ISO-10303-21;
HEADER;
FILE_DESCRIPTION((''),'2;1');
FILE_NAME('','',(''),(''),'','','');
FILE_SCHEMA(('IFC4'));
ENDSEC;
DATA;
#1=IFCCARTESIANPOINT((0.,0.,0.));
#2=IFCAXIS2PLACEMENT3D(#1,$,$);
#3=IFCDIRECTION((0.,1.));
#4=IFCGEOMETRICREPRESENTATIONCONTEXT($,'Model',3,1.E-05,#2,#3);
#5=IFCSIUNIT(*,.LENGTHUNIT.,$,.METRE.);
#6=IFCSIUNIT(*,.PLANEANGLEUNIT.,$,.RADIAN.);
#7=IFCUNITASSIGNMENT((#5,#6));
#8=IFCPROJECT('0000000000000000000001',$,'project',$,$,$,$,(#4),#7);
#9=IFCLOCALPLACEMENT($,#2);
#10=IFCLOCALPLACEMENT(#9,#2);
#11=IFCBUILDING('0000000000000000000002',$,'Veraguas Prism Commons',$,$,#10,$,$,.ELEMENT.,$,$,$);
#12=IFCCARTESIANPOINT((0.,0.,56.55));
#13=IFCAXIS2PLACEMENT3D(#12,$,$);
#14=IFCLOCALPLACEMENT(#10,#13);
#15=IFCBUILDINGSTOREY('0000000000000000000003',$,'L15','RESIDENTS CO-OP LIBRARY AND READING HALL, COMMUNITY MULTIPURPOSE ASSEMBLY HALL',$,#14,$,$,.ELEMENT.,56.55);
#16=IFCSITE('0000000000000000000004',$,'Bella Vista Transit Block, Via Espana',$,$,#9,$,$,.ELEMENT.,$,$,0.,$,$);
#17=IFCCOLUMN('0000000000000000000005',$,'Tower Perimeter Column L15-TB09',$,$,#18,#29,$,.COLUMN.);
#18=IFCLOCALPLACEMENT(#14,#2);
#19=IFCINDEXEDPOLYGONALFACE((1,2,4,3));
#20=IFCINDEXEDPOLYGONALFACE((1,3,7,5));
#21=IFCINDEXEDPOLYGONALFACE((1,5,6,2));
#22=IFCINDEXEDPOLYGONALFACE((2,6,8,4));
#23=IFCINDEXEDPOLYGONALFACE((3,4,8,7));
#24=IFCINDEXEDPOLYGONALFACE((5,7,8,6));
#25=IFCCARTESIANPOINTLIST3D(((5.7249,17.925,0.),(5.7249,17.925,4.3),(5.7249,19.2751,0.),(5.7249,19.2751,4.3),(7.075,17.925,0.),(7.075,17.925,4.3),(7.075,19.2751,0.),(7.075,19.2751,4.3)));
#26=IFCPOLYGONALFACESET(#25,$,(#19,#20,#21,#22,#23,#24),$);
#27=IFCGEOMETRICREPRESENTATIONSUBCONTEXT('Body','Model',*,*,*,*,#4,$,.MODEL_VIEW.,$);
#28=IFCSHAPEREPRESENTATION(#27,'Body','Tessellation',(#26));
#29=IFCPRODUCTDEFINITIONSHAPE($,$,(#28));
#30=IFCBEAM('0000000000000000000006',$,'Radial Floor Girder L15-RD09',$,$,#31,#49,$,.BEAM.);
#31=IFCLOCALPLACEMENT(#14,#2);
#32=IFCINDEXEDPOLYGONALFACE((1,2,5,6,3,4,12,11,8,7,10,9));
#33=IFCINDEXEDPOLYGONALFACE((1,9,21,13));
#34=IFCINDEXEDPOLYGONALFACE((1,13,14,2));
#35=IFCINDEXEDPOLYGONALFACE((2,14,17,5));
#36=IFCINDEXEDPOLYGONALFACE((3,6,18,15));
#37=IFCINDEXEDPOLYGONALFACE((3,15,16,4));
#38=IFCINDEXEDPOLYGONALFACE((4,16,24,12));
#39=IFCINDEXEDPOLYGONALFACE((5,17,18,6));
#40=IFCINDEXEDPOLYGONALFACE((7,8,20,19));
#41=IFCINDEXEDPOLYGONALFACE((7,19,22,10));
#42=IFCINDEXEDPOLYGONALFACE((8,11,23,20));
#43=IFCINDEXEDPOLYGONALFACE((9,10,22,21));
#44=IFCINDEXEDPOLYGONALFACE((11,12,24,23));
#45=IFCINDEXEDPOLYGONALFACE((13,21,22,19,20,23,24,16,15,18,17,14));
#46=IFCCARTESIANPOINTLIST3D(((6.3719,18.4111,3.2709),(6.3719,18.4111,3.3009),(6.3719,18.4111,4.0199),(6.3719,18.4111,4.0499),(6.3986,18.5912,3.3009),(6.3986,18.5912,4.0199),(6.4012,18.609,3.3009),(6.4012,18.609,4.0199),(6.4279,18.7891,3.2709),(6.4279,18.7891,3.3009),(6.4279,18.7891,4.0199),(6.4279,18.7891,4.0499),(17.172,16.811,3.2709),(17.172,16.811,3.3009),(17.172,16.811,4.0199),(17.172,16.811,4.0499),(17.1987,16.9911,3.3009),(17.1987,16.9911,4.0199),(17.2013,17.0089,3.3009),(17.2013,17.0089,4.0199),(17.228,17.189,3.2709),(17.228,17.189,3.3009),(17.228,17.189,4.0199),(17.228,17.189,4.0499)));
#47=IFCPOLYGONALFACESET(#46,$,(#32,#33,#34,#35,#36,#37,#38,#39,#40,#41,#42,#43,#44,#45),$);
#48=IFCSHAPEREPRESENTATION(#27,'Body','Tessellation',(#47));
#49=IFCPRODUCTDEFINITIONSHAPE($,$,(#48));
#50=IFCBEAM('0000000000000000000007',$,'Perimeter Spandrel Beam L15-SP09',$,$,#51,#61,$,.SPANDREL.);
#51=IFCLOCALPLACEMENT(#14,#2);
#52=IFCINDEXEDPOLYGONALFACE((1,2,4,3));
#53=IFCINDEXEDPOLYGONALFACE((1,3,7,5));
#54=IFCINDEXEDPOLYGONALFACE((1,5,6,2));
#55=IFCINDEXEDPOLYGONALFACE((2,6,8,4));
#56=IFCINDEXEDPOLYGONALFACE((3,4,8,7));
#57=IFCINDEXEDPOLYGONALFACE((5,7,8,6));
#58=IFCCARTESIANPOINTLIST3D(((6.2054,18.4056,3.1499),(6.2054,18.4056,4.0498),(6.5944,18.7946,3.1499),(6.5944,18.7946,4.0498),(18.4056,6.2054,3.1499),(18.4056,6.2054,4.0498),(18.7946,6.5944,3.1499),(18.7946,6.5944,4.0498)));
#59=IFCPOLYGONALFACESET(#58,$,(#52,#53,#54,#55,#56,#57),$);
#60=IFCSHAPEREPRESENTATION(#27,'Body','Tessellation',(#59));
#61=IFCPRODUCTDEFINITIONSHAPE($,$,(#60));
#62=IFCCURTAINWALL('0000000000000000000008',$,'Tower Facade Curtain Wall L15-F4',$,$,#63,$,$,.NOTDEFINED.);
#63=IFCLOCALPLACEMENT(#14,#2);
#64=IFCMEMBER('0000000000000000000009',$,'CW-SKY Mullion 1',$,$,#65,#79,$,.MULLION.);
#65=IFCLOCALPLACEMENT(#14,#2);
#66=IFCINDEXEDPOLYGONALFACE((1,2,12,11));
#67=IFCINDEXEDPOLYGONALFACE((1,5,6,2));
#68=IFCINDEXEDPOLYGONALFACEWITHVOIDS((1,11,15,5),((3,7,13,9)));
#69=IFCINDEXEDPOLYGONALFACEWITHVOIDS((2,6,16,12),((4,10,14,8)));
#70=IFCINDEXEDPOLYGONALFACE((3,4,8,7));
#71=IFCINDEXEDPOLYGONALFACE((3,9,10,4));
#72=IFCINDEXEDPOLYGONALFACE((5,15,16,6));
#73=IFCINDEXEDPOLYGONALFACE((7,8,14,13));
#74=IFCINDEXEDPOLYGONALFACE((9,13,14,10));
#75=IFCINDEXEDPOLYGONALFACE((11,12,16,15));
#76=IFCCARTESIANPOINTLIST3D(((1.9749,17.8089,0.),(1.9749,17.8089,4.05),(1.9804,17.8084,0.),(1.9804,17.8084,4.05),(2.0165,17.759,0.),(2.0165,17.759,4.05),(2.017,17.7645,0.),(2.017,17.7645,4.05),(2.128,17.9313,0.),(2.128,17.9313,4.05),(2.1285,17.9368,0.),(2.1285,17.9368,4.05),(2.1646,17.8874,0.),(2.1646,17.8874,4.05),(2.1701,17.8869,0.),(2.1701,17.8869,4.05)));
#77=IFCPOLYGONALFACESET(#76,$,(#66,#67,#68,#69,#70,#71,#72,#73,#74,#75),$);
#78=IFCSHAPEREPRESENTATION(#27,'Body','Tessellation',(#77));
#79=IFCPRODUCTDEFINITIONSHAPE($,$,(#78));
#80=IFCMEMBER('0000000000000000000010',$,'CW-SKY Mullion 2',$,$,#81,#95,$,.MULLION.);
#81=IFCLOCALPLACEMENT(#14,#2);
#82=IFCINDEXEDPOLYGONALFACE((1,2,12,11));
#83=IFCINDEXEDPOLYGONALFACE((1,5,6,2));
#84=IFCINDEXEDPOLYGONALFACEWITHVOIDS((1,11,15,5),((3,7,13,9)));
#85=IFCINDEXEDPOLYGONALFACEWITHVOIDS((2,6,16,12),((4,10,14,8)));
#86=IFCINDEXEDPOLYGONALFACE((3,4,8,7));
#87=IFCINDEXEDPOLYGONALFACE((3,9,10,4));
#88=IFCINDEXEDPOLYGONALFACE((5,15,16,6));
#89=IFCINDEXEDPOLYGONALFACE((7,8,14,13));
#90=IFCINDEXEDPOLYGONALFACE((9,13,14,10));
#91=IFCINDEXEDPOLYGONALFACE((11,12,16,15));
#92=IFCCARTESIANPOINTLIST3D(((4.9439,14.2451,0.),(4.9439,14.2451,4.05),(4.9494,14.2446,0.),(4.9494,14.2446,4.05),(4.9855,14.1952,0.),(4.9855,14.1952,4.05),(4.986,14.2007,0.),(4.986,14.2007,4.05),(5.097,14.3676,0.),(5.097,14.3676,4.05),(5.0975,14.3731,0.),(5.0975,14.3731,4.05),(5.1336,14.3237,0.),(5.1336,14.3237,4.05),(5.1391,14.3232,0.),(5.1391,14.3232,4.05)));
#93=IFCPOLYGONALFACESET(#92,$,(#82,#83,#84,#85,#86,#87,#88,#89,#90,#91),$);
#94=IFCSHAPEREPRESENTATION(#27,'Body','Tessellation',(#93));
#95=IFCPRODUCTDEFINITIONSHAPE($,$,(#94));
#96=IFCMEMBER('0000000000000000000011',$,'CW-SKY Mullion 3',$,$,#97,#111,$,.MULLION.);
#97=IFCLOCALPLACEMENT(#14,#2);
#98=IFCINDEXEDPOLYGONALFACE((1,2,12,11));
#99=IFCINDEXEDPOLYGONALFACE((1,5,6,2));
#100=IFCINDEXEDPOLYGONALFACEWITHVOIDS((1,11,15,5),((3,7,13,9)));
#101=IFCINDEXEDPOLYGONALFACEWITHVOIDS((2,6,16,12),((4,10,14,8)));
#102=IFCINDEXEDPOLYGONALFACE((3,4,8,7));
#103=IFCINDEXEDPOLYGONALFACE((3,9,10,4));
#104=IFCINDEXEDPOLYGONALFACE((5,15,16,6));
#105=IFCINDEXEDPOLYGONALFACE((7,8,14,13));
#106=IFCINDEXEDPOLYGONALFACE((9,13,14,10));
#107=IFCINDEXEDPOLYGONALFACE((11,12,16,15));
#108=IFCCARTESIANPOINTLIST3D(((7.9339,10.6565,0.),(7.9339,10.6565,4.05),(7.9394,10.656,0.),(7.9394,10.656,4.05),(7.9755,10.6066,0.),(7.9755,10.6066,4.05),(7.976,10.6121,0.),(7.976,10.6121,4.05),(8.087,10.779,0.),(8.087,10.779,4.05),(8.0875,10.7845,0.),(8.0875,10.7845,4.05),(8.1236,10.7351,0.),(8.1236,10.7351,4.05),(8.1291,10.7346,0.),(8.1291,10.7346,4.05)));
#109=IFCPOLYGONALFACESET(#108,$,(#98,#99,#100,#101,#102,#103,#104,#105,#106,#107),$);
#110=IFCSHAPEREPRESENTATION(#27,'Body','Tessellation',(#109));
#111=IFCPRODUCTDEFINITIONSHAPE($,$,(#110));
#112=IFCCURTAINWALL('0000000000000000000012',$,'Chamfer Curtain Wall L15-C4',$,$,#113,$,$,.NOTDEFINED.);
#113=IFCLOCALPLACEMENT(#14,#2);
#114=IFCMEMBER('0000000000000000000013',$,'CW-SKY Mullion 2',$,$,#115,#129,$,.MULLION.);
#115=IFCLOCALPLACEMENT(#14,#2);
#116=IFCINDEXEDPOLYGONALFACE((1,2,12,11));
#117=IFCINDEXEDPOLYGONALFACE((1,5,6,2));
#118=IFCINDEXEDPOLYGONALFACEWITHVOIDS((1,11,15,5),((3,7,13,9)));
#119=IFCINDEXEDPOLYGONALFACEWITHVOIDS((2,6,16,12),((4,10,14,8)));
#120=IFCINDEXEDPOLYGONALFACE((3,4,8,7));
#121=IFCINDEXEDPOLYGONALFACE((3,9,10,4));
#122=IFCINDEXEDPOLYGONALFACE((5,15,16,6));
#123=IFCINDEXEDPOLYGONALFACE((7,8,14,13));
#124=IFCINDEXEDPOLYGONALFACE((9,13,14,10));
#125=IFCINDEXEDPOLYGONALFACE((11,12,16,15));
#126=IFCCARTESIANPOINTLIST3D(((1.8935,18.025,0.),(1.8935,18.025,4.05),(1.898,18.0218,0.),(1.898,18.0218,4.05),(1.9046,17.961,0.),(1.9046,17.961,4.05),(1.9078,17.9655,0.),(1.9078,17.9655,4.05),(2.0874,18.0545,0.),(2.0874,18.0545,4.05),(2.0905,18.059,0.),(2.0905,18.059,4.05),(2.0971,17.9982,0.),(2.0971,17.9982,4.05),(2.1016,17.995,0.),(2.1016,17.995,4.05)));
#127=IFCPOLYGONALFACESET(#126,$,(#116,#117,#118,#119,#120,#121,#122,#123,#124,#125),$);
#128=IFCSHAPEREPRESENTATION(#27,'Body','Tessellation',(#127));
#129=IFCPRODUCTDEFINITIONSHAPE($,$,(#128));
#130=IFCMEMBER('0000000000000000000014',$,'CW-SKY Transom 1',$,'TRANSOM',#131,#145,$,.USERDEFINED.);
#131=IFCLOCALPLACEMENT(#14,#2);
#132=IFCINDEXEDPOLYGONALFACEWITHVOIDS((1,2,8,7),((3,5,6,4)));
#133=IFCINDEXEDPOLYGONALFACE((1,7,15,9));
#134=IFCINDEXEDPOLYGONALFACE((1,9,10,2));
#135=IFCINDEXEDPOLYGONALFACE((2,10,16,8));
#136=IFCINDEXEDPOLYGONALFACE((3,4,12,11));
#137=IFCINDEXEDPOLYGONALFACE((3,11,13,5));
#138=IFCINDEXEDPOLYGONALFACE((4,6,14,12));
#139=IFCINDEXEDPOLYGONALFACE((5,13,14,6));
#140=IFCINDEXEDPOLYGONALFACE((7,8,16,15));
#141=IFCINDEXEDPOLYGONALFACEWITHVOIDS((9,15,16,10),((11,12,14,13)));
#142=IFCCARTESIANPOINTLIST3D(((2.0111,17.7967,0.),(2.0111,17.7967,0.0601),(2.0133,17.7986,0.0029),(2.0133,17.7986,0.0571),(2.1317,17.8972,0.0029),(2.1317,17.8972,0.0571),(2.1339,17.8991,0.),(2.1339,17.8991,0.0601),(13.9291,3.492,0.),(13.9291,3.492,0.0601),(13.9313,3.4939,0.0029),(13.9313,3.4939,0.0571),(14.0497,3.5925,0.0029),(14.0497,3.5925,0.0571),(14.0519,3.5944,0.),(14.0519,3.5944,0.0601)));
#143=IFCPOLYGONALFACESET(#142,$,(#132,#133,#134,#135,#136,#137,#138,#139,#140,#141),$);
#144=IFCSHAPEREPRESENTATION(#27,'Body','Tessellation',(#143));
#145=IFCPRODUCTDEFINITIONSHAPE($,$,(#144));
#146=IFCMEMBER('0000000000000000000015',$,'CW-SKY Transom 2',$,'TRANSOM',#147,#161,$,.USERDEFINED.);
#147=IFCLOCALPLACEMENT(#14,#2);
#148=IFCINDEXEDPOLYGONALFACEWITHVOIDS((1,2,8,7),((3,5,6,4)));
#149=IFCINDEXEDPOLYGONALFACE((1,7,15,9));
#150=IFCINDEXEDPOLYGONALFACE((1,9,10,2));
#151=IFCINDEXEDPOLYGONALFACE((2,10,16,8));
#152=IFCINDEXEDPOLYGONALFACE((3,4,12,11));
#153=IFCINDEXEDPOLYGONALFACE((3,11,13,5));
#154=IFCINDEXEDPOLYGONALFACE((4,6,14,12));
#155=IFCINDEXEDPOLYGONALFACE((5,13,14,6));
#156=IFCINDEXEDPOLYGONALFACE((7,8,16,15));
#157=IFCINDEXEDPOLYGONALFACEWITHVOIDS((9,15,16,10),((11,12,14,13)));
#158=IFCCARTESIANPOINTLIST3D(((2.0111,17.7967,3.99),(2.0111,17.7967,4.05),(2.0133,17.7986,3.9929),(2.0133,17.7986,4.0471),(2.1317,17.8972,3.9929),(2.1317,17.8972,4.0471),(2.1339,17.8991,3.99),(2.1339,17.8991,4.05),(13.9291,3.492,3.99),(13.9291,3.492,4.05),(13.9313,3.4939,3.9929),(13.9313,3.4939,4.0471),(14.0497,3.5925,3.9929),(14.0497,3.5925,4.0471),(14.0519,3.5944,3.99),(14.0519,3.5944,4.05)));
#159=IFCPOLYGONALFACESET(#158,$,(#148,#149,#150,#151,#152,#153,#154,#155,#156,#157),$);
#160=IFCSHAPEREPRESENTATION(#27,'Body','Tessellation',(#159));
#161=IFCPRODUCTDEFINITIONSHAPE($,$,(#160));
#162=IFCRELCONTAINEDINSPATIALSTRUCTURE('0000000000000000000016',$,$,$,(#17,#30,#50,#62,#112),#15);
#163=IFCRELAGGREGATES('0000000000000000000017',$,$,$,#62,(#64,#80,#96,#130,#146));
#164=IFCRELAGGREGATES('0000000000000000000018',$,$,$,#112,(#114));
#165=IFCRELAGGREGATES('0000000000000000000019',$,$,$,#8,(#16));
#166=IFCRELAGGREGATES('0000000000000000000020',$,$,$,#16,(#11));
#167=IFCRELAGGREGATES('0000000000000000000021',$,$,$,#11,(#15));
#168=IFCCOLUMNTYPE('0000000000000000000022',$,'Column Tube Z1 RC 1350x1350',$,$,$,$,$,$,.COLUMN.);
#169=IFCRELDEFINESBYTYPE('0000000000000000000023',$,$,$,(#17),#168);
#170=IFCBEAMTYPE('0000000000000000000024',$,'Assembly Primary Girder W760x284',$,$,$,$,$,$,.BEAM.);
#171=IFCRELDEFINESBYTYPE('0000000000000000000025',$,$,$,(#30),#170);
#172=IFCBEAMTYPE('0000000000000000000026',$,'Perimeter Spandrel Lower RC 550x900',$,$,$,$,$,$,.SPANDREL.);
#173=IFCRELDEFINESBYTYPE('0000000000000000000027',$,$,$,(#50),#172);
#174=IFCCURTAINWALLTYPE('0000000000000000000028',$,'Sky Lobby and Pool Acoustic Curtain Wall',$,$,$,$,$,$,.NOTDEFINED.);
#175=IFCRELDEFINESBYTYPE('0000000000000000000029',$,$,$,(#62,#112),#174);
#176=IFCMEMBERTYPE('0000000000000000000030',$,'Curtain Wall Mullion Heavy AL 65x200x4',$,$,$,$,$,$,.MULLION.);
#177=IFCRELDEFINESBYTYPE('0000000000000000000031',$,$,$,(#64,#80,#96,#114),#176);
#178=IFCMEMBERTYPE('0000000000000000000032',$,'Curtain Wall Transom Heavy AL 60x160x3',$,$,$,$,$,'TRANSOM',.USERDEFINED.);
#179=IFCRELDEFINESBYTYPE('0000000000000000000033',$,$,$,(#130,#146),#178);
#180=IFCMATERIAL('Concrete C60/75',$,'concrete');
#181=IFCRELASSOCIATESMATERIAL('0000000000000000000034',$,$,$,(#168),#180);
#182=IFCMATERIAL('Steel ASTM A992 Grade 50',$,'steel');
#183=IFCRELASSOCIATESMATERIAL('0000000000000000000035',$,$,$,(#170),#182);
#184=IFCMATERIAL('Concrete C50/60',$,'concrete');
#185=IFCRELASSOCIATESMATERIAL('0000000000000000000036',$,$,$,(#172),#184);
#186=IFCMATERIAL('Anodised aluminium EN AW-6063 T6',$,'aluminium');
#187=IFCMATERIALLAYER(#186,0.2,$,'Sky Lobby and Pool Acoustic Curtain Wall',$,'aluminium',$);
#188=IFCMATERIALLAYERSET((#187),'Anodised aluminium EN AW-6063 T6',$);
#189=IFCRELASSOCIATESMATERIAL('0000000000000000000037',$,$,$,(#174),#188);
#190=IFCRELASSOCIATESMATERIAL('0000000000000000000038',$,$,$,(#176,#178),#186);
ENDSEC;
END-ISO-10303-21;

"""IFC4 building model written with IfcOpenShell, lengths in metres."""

from ifc_helpers import new_model, si_unit, direction, frame, origin, origin_2d, place, context, subcontext, project, spatial, rectangle, hollow_rectangle, i_section, extrude, source, transform, mapped, material, layer, layer_set, material_profile, profile_set, type_object, element, aggregate, save


model = new_model("IFC4")

# Units and contexts
model_context = context("Model", 3, precision=1e-05, world=origin(), true_north=direction((0.0, 1.0)))
body_context = subcontext(model_context, "Body", "Model", "MODEL_VIEW")
ifc_project = project(units=[si_unit("LENGTHUNIT", "METRE"), si_unit("PLANEANGLEUNIT", "RADIAN")], contexts=[model_context])

# Site, building, storey
site_placement = place(None, origin())
site = spatial("IfcSite", under=ifc_project, at=site_placement, Name="Bella Vista Transit Block, Via Espana", CompositionType="ELEMENT", RefElevation=0.0)
building_placement = place(site_placement, origin())
building = spatial("IfcBuilding", under=site, at=building_placement, Name="Veraguas Prism Commons", CompositionType="ELEMENT")
storey_placement = place(building_placement, frame((0.0, 0.0, 56.55)))
storey = spatial("IfcBuildingStorey", under=building, at=storey_placement, Name="L15", Description="RESIDENTS CO-OP LIBRARY AND READING HALL, COMMUNITY MULTIPURPOSE ASSEMBLY HALL", CompositionType="ELEMENT", Elevation=56.55)

# Column
ifc_material_1 = material(Name="Concrete C60/75", Category="concrete")
ifc_material_profile_1 = material_profile(ifc_material_1, rectangle(XDim=1.3501, YDim=1.3501, at=origin_2d()), Name="RC1350X1350")
ifc_profile_set_1 = profile_set([ifc_material_profile_1], Name="Concrete C60/75")
column_type = type_object("IfcColumnType", Name="Column Tube Z1 RC 1350x1350", PredefinedType="COLUMN", material=ifc_profile_set_1)
column_placement = place(storey_placement, frame((6.3999, 18.6001, 0.0), z_axis=(0.0, 0.0, 1.0), x_axis=(1.0, 0.0, 0.0)))
element("IfcColumn", 1, at=column_placement, inside=storey, type_object=column_type, Name="Tower Perimeter Column L15-TB09", PredefinedType="COLUMN", context=body_context, shape_type="SweptSolid", body=[
    extrude(rectangle(XDim=1.3501, YDim=1.3501, at=origin_2d()), origin(), (0.0, 0.0, 1.0), 4.3),
])

# Beams
ifc_material_2 = material(Name="Steel ASTM A992 Grade 50", Category="steel")
ifc_material_profile_2 = material_profile(ifc_material_2, i_section(OverallWidth=0.3821, OverallDepth=0.7791, WebThickness=0.0181, FlangeThickness=0.03, at=origin_2d()), Name="W760X284")
ifc_profile_set_2 = profile_set([ifc_material_profile_2], Name="Steel ASTM A992 Grade 50")
beam_type_1 = type_object("IfcBeamType", Name="Assembly Primary Girder W760x284", PredefinedType="BEAM", material=ifc_profile_set_2)
beam_1_placement = place(storey_placement, frame((6.3999, 18.6001, 3.6604), z_axis=(0.989202, -0.146557, 0.0), x_axis=(0.146557, 0.989202, 0.0)))
element("IfcBeam", 2, at=beam_1_placement, inside=storey, type_object=beam_type_1, Name="Radial Floor Girder L15-RD09", PredefinedType="BEAM", context=body_context, shape_type="SweptSolid", body=[
    extrude(i_section(OverallWidth=0.3821, OverallDepth=0.7791, WebThickness=0.0181, FlangeThickness=0.03, at=origin_2d()), origin(), (0.0, 0.0, 1.0), 10.918),
])
ifc_material_3 = material(Name="Concrete C50/60", Category="concrete")
ifc_material_profile_3 = material_profile(ifc_material_3, rectangle(XDim=0.55, YDim=0.8999, at=origin_2d()), Name="RC550X900")
ifc_profile_set_3 = profile_set([ifc_material_profile_3], Name="Concrete C50/60")
beam_type_2 = type_object("IfcBeamType", Name="Perimeter Spandrel Lower RC 550x900", PredefinedType="SPANDREL", material=ifc_profile_set_3)
beam_2_placement = place(storey_placement, frame((6.3999, 18.6001, 3.5999), z_axis=(0.707107, -0.707107, 0.0), x_axis=(0.707107, 0.707107, 0.0)))
element("IfcBeam", 3, at=beam_2_placement, inside=storey, type_object=beam_type_2, Name="Perimeter Spandrel Beam L15-SP09", PredefinedType="SPANDREL", context=body_context, shape_type="SweptSolid", body=[
    extrude(rectangle(XDim=0.55, YDim=0.8999, at=origin_2d()), origin(), (0.0, 0.0, 1.0), 17.2537),
])

# Curtain wall, members
ifc_material_4 = material(Name="Anodised aluminium EN AW-6063 T6", Category="aluminium")
ifc_layer_1 = layer(ifc_material_4, 0.2, Name="Sky Lobby and Pool Acoustic Curtain Wall", Category="aluminium")
ifc_layer_set_1 = layer_set([ifc_layer_1], Name="Anodised aluminium EN AW-6063 T6")
curtain_wall_type = type_object("IfcCurtainWallType", Name="Sky Lobby and Pool Acoustic Curtain Wall", PredefinedType="NOTDEFINED", material=ifc_layer_set_1)
curtain_wall_1_placement = place(storey_placement, origin())
curtain_wall_1 = element("IfcCurtainWall", 4, at=curtain_wall_1_placement, inside=storey, type_object=curtain_wall_type, Name="Tower Facade Curtain Wall L15-F4", PredefinedType="NOTDEFINED")
ifc_material_profile_4 = material_profile(ifc_material_4, hollow_rectangle(XDim=0.0649, YDim=0.2, WallThickness=0.0039, at=origin_2d()), Name="AL65X200X4")
ifc_profile_set_4 = profile_set([ifc_material_profile_4], Name="Anodised aluminium EN AW-6063 T6")
member_type_1 = type_object("IfcMemberType", Name="Curtain Wall Mullion Heavy AL 65x200x4", PredefinedType="MULLION", material=ifc_profile_set_4)
shared_shape_1 = source(origin(), body_context, "Body", "SweptSolid", [
    extrude(hollow_rectangle(XDim=0.0649, YDim=0.2, WallThickness=0.0039, at=origin_2d()), origin(), (0.0, 0.0, 1.0), 4.05),
])
member_1_placement = place(storey_placement, frame((2.0725, 17.8479, 0.0), z_axis=(0.0, 0.0, 1.0), x_axis=(0.64011, -0.768284, 0.0)))
member_1 = element("IfcMember", 5, at=member_1_placement, type_object=member_type_1, Name="CW-SKY Mullion 1", PredefinedType="MULLION", context=body_context, shape_type="MappedRepresentation", body=[
    mapped(shared_shape_1, transform((0.0, 0.0, 0.0), scale=1.0)),
])
member_2_placement = place(storey_placement, frame((5.0415, 14.2842, 0.0), z_axis=(0.0, 0.0, 1.0), x_axis=(0.64011, -0.768284, 0.0)))
member_2 = element("IfcMember", 6, at=member_2_placement, type_object=member_type_1, Name="CW-SKY Mullion 2", PredefinedType="MULLION", context=body_context, shape_type="MappedRepresentation", body=[
    mapped(shared_shape_1, transform((0.0, 0.0, 0.0), scale=1.0)),
])
member_3_placement = place(storey_placement, frame((8.0315, 10.6956, 0.0), z_axis=(0.0, 0.0, 1.0), x_axis=(0.64011, -0.768284, 0.0)))
member_3 = element("IfcMember", 7, at=member_3_placement, type_object=member_type_1, Name="CW-SKY Mullion 3", PredefinedType="MULLION", context=body_context, shape_type="MappedRepresentation", body=[
    mapped(shared_shape_1, transform((0.0, 0.0, 0.0), scale=1.0)),
])

# Curtain wall, member
curtain_wall_2_placement = place(storey_placement, origin())
curtain_wall_2 = element("IfcCurtainWall", 8, at=curtain_wall_2_placement, inside=storey, type_object=curtain_wall_type, Name="Chamfer Curtain Wall L15-C4", PredefinedType="NOTDEFINED")
member_4_placement = place(storey_placement, frame((1.9976, 18.01, 0.0), z_axis=(0.0, 0.0, 1.0), x_axis=(0.170227, -0.985405, 0.0)))
member_4 = element("IfcMember", 9, at=member_4_placement, type_object=member_type_1, Name="CW-SKY Mullion 2", PredefinedType="MULLION", context=body_context, shape_type="MappedRepresentation", body=[
    mapped(shared_shape_1, transform((0.0, 0.0, 0.0), scale=1.0)),
])

# Members
ifc_material_profile_5 = material_profile(ifc_material_4, hollow_rectangle(XDim=0.0601, YDim=0.1599, WallThickness=0.0029, at=origin_2d()), Name="AL60X160X3")
ifc_profile_set_5 = profile_set([ifc_material_profile_5], Name="Anodised aluminium EN AW-6063 T6")
member_type_2 = type_object("IfcMemberType", Name="Curtain Wall Transom Heavy AL 60x160x3", ElementType="TRANSOM", PredefinedType="USERDEFINED", material=ifc_profile_set_5)
shared_shape_2 = source(origin(), body_context, "Body", "SweptSolid", [
    extrude(hollow_rectangle(XDim=0.0601, YDim=0.1599, WallThickness=0.0029, at=origin_2d()), origin(), (0.0, 0.0, 1.0), 18.6189),
])
member_5_placement = place(storey_placement, frame((2.0725, 17.8479, 0.03), z_axis=(0.640102, -0.76829, 0.0), x_axis=(0.0, 0.0, 1.0)))
member_5 = element("IfcMember", 10, at=member_5_placement, type_object=member_type_2, Name="CW-SKY Transom 1", ObjectType="TRANSOM", PredefinedType="USERDEFINED", context=body_context, shape_type="MappedRepresentation", body=[
    mapped(shared_shape_2, transform((0.0, 0.0, 0.0), scale=1.0)),
])
member_6_placement = place(storey_placement, frame((2.0725, 17.8479, 4.02), z_axis=(0.640102, -0.76829, 0.0), x_axis=(0.0, 0.0, 1.0)))
member_6 = element("IfcMember", 11, at=member_6_placement, type_object=member_type_2, Name="CW-SKY Transom 2", ObjectType="TRANSOM", PredefinedType="USERDEFINED", context=body_context, shape_type="MappedRepresentation", body=[
    mapped(shared_shape_2, transform((0.0, 0.0, 0.0), scale=1.0)),
])

aggregate(curtain_wall_1, [member_1, member_2, member_3, member_5, member_6])
aggregate(curtain_wall_2, [member_4])

save(model, "model.ifc")
